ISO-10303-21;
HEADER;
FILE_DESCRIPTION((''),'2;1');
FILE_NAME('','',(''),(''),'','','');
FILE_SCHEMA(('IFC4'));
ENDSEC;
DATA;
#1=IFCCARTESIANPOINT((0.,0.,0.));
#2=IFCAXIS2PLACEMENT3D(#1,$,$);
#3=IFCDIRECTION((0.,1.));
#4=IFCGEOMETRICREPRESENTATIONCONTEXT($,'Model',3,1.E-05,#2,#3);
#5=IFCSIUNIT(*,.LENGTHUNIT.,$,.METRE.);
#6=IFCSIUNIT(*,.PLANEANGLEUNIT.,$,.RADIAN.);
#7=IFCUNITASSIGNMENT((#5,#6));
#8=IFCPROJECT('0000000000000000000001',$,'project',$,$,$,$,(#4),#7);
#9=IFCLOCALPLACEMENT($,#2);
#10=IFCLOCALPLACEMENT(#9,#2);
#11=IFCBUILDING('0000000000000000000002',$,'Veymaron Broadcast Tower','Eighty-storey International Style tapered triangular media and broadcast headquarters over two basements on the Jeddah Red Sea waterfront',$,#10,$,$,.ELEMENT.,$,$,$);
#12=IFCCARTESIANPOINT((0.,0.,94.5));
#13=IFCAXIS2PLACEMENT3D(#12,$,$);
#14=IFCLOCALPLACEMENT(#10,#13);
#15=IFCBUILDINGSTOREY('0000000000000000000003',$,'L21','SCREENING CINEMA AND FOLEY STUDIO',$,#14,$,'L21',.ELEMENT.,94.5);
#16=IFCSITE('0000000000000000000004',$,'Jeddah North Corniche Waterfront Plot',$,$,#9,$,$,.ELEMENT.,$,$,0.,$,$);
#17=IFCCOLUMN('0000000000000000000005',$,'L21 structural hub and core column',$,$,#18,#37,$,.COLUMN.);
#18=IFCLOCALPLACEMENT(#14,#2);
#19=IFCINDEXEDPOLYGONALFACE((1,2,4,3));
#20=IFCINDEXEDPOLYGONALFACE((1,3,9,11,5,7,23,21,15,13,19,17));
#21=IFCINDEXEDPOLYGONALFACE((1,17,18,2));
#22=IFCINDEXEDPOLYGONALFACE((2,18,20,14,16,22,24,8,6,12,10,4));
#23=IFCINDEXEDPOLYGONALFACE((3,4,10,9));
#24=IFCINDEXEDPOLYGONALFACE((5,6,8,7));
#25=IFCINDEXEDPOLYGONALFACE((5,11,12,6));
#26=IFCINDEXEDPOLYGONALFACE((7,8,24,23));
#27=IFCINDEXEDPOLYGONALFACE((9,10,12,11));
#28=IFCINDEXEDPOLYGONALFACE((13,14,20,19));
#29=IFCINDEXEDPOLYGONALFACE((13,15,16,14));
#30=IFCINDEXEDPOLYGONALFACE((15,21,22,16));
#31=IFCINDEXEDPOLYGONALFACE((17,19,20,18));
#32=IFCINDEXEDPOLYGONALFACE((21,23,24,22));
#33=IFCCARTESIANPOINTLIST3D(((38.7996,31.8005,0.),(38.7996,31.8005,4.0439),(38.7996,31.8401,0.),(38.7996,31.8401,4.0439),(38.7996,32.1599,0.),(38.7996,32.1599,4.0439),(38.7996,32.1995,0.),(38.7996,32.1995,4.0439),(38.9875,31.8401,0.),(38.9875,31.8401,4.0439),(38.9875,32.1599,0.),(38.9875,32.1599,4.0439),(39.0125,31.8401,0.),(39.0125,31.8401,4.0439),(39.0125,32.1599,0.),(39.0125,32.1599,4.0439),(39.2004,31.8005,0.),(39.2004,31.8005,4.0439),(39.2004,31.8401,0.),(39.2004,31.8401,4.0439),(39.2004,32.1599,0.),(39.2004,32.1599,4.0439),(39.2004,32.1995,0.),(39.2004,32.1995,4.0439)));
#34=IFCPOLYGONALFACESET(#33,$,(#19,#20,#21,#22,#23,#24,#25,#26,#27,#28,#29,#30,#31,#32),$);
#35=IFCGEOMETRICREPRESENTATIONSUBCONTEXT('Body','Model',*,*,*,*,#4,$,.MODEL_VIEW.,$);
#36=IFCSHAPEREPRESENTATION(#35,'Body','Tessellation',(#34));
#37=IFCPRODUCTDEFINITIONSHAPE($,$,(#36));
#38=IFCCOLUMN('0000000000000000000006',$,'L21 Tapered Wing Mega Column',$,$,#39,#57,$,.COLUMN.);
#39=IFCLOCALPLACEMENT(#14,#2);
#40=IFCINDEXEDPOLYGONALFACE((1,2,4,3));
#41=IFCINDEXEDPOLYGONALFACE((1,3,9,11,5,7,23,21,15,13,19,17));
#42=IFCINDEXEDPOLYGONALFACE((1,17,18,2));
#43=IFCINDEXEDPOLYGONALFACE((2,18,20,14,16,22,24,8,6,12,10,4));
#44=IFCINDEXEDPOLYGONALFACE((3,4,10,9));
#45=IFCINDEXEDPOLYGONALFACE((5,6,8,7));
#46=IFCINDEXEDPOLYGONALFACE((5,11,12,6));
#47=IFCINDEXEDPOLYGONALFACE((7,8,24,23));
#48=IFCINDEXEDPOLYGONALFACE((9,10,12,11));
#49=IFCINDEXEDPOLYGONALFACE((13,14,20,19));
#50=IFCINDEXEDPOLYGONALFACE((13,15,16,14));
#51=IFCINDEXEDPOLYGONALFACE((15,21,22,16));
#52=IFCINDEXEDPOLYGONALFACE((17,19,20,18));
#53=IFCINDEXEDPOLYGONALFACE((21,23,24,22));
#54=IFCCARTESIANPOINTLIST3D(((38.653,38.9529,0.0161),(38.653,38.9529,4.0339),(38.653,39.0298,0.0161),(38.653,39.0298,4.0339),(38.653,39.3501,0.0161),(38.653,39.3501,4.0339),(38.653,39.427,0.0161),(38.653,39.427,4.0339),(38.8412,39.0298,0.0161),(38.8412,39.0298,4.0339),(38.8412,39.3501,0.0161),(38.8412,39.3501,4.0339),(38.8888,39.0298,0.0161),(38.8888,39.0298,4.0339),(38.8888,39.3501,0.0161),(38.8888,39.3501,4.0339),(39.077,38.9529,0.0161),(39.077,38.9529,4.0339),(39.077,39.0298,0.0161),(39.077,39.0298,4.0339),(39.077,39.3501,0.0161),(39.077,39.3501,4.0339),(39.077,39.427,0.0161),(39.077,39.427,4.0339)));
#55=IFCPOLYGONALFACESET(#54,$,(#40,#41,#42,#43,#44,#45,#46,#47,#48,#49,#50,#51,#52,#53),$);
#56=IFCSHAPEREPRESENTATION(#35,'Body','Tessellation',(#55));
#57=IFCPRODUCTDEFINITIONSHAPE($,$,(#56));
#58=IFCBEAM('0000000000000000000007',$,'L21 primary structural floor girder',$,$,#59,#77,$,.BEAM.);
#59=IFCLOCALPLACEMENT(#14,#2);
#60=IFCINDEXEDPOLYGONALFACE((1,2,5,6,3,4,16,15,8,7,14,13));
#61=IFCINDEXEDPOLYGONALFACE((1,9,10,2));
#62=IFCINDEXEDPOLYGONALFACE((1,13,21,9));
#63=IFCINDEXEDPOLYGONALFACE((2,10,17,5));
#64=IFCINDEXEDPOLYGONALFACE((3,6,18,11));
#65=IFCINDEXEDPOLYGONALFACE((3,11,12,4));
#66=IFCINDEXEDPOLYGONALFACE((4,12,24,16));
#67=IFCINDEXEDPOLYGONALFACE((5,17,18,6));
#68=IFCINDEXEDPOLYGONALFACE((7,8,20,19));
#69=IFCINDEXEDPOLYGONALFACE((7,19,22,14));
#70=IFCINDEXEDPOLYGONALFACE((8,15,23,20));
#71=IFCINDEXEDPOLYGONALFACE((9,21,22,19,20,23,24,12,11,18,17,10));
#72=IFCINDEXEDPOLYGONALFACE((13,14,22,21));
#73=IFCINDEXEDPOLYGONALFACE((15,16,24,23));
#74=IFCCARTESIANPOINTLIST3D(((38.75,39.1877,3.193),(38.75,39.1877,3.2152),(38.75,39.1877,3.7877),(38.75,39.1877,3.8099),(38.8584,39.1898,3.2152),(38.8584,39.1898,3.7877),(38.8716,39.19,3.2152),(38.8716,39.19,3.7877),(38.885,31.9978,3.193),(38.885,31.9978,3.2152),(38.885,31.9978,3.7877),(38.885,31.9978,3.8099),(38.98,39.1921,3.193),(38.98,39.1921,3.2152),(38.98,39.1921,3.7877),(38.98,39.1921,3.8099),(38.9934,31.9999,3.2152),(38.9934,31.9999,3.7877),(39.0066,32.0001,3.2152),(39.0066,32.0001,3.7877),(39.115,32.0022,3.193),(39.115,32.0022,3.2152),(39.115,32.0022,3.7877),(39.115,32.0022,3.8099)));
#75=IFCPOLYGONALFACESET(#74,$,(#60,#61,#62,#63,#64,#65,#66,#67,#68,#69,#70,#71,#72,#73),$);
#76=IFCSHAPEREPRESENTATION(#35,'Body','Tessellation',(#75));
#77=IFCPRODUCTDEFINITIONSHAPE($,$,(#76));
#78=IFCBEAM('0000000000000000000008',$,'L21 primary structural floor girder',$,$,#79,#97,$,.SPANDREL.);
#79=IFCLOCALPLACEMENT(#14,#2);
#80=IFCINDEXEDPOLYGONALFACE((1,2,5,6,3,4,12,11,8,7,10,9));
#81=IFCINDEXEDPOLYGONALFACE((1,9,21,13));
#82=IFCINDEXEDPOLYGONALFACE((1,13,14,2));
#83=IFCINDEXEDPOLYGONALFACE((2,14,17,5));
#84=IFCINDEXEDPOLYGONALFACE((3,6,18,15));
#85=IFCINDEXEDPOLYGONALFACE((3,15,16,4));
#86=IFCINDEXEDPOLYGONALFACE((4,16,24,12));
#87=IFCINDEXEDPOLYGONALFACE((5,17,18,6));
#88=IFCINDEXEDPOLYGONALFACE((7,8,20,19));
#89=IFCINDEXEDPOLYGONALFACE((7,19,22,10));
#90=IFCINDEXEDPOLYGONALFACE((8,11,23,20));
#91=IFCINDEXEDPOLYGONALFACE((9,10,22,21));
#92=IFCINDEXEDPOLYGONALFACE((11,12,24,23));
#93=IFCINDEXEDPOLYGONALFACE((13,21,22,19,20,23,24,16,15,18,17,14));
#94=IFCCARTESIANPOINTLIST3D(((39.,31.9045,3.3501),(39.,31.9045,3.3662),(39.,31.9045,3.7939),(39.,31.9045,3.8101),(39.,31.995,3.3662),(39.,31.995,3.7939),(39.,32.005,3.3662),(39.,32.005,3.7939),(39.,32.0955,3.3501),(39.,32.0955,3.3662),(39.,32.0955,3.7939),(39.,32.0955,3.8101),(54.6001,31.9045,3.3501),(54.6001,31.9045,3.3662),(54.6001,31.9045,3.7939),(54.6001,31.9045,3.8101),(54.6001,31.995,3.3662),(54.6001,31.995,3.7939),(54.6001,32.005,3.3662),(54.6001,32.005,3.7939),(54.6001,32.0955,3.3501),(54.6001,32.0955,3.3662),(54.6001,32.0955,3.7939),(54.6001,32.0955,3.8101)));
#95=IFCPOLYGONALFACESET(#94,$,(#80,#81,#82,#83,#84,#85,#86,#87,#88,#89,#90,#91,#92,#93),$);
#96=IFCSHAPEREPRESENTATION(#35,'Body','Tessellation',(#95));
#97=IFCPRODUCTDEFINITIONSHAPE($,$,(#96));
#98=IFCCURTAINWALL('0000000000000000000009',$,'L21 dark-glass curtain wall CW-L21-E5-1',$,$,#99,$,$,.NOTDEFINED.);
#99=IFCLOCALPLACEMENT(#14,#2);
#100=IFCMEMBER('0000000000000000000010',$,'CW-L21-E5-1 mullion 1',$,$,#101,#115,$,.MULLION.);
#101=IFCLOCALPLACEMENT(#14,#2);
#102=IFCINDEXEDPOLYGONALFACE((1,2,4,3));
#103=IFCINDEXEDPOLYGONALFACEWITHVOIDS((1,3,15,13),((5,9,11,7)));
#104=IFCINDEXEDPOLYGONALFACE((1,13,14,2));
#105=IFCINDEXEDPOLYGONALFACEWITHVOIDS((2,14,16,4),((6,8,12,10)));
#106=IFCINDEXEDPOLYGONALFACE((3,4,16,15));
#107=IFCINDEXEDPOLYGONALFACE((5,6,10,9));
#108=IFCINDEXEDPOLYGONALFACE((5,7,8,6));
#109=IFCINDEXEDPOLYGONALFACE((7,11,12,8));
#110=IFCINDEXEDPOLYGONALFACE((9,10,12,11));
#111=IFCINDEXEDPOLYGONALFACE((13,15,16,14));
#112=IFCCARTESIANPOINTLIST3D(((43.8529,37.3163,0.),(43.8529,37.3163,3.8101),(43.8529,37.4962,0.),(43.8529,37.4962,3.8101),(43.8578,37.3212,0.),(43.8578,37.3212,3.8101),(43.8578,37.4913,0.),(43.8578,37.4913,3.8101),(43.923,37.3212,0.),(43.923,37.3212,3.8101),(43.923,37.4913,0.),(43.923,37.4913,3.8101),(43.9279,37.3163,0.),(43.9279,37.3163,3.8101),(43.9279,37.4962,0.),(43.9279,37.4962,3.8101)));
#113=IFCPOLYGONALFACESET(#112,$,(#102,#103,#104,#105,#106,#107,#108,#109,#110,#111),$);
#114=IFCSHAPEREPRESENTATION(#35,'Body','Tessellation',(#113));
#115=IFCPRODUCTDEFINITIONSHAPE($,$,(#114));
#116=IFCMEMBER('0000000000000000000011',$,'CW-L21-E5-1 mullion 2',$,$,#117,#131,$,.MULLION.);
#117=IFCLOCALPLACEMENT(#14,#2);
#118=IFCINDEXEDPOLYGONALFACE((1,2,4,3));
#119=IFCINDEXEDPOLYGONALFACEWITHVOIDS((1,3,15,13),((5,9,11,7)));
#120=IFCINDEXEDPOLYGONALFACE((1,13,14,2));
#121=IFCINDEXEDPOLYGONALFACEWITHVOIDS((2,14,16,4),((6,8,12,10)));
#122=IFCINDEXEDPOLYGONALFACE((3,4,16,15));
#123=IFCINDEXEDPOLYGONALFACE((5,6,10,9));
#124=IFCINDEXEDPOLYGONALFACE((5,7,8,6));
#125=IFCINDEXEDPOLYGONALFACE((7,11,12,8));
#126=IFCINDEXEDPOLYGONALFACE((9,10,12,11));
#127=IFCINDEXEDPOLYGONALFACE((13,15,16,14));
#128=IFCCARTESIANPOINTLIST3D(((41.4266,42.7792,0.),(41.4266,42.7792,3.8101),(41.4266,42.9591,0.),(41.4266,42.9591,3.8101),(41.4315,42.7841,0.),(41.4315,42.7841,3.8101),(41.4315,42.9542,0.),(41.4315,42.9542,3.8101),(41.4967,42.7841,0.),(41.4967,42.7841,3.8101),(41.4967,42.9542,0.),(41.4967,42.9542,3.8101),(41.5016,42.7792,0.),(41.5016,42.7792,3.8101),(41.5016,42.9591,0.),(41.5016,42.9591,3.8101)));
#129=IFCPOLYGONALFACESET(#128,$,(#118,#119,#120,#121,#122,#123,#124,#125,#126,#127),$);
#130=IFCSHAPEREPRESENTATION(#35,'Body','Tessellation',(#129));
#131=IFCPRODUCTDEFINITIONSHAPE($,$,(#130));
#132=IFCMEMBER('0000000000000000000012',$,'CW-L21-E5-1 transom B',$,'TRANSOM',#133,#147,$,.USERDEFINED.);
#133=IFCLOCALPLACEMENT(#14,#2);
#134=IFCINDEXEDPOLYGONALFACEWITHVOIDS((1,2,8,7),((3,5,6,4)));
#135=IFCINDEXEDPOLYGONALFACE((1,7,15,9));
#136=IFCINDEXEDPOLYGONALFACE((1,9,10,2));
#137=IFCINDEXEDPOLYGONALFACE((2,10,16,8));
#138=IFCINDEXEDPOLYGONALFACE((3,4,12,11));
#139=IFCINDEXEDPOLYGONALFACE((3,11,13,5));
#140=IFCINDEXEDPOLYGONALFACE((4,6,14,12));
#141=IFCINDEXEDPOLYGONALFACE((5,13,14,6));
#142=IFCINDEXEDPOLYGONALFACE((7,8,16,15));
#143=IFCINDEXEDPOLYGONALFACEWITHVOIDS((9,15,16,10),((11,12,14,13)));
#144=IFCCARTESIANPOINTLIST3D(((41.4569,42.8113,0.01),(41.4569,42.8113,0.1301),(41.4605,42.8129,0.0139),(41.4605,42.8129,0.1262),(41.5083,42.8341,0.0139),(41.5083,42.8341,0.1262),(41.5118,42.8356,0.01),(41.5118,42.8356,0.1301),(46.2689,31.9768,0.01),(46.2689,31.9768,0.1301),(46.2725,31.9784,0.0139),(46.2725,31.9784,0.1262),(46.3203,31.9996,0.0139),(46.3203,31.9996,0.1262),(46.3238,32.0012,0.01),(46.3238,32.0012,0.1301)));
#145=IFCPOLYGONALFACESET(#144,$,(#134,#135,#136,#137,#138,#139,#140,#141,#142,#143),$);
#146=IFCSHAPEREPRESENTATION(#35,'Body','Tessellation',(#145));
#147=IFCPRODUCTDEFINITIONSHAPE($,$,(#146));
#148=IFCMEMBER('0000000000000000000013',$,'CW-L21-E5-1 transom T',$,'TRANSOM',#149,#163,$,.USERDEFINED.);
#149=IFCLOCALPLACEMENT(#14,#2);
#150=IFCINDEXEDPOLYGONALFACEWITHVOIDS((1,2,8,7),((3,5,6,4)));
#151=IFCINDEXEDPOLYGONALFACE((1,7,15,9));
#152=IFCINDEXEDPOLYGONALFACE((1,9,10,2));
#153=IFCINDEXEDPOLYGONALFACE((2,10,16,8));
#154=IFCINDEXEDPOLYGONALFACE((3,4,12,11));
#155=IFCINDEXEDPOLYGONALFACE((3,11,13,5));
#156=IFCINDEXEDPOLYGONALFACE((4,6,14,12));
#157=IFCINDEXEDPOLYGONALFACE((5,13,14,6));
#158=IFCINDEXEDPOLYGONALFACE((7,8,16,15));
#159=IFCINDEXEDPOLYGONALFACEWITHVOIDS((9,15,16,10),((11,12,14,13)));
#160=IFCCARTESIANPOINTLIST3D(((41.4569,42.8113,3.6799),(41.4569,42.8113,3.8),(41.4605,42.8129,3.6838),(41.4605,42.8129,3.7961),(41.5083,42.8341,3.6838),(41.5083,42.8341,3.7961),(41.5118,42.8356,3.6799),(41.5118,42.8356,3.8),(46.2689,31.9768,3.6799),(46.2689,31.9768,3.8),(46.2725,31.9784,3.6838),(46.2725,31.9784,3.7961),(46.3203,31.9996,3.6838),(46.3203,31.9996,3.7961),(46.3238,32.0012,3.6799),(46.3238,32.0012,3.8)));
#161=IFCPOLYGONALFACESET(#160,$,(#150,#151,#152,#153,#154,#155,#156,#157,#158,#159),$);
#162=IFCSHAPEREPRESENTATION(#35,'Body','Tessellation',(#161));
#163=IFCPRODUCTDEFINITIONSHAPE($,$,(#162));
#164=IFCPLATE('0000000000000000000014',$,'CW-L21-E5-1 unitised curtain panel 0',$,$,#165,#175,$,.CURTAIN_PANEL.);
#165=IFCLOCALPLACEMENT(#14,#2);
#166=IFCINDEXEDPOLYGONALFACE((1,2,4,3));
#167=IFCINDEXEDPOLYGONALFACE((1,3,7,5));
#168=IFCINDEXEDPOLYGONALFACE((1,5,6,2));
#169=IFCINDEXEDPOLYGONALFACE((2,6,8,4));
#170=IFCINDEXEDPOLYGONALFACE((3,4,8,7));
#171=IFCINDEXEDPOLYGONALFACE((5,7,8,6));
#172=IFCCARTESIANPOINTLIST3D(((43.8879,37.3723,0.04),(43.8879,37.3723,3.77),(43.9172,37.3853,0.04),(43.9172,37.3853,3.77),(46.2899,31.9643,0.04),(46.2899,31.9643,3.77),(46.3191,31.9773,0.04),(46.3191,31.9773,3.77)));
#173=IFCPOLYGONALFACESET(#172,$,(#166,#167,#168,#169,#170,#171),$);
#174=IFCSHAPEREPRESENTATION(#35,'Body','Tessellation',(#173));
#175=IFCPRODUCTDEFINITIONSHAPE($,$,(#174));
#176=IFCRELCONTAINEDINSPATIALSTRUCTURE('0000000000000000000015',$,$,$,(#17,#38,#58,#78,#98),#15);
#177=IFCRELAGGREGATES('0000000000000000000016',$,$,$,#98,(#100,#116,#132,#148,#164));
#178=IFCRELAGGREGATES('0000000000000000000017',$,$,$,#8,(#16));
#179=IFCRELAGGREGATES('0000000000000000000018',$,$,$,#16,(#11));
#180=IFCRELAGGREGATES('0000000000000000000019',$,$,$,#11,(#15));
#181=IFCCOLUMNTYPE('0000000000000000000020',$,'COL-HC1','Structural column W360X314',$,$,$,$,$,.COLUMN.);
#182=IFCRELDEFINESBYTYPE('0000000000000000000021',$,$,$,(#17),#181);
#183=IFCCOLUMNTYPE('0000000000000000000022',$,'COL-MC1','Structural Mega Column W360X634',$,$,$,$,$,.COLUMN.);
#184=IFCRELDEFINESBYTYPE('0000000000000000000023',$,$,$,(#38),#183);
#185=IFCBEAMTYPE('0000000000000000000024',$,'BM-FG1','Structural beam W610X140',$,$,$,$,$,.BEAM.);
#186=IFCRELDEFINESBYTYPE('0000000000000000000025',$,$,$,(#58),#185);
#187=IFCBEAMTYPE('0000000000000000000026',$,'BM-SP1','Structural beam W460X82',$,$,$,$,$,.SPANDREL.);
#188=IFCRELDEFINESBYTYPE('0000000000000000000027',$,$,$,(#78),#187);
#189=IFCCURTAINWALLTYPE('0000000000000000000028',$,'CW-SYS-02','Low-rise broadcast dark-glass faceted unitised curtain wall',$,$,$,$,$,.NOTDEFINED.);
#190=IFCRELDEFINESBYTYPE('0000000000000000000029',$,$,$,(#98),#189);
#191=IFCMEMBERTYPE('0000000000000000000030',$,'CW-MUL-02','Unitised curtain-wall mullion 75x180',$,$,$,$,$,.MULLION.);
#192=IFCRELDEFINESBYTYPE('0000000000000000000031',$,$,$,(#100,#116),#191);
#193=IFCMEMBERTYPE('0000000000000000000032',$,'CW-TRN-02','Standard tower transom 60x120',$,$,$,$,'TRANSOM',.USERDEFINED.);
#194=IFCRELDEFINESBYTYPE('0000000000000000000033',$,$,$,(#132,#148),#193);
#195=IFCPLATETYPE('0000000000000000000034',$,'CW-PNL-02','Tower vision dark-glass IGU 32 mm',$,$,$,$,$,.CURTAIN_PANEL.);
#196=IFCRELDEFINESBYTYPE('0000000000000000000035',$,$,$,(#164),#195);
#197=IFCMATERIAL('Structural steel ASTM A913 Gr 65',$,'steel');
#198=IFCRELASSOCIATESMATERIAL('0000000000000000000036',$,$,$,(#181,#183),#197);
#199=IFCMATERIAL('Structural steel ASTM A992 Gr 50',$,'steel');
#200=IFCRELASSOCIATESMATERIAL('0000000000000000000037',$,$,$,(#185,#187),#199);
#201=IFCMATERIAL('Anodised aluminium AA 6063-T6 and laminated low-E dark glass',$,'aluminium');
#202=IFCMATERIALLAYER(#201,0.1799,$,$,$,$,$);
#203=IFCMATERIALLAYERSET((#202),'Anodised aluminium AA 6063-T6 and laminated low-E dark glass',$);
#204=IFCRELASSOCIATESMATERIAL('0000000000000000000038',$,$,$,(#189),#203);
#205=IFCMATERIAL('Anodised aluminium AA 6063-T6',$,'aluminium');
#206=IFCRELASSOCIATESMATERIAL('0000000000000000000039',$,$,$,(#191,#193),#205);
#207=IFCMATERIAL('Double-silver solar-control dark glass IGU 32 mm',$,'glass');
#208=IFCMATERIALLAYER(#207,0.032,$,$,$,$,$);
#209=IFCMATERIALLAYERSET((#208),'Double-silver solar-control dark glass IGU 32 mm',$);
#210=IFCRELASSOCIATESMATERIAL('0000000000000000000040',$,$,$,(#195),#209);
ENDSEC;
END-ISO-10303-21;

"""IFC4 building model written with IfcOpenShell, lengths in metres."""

from ifc_helpers import new_model, si_unit, direction, frame, origin, origin_2d, place, context, subcontext, project, spatial, rectangle, hollow_rectangle, i_section, extrude, material, layer, layer_set, material_profile, profile_set, type_object, element, aggregate, save


model = new_model("IFC4")

# Units and contexts
model_context = context("Model", 3, precision=1e-05, world=origin(), true_north=direction((0.0, 1.0)))
body_context = subcontext(model_context, "Body", "Model", "MODEL_VIEW")
ifc_project = project(units=[si_unit("LENGTHUNIT", "METRE"), si_unit("PLANEANGLEUNIT", "RADIAN")], contexts=[model_context])

# Site, building, storey
site_placement = place(None, origin())
site = spatial("IfcSite", under=ifc_project, at=site_placement, Name="Jeddah North Corniche Waterfront Plot", CompositionType="ELEMENT", RefElevation=0.0)
building_placement = place(site_placement, origin())
building = spatial("IfcBuilding", under=site, at=building_placement, Name="Veymaron Broadcast Tower", Description="Eighty-storey International Style tapered triangular media and broadcast headquarters over two basements on the Jeddah Red Sea waterfront", CompositionType="ELEMENT")
storey_placement = place(building_placement, frame((0.0, 0.0, 94.5)))
storey = spatial("IfcBuildingStorey", under=building, at=storey_placement, Name="L21", Description="SCREENING CINEMA AND FOLEY STUDIO", LongName="L21", CompositionType="ELEMENT", Elevation=94.5)

# Columns
ifc_material_1 = material(Name="Structural steel ASTM A913 Gr 65", Category="steel")
ifc_material_profile_1 = material_profile(ifc_material_1, i_section(OverallWidth=0.4009, OverallDepth=0.3989, WebThickness=0.0249, FlangeThickness=0.0396, at=origin_2d()), Name="W360X314")
ifc_profile_set_1 = profile_set([ifc_material_profile_1], Name="Structural steel ASTM A913 Gr 65")
column_type_1 = type_object("IfcColumnType", Name="COL-HC1", Description="Structural column W360X314", PredefinedType="COLUMN", material=ifc_profile_set_1)
column_1_placement = place(storey_placement, frame((39.0, 32.0, 0.0), z_axis=(0.0, 0.0, 1.0), x_axis=(1.0, 0.0, 0.0)))
element("IfcColumn", 1, at=column_1_placement, inside=storey, type_object=column_type_1, Name="L21 structural hub and core column", PredefinedType="COLUMN", context=body_context, shape_type="SweptSolid", body=[
    extrude(i_section(OverallWidth=0.4009, OverallDepth=0.3989, WebThickness=0.0249, FlangeThickness=0.0396, at=origin_2d()), origin(), (0.0, 0.0, 1.0), 4.0439),
])
ifc_material_profile_2 = material_profile(ifc_material_1, i_section(OverallWidth=0.4241, OverallDepth=0.4741, WebThickness=0.0476, FlangeThickness=0.0769, at=origin_2d()), Name="W360X634")
ifc_profile_set_2 = profile_set([ifc_material_profile_2], Name="Structural steel ASTM A913 Gr 65")
column_type_2 = type_object("IfcColumnType", Name="COL-MC1", Description="Structural Mega Column W360X634", PredefinedType="COLUMN", material=ifc_profile_set_2)
column_2_placement = place(storey_placement, frame((38.865, 39.1899, 0.0161), z_axis=(0.0, 0.0, 1.0), x_axis=(1.0, 0.0, 0.0)))
element("IfcColumn", 2, at=column_2_placement, inside=storey, type_object=column_type_2, Name="L21 Tapered Wing Mega Column", PredefinedType="COLUMN", context=body_context, shape_type="SweptSolid", body=[
    extrude(i_section(OverallWidth=0.4241, OverallDepth=0.4741, WebThickness=0.0476, FlangeThickness=0.0769, at=origin_2d()), origin(), (0.0, 0.0, 1.0), 4.0178),
])

# Beams
ifc_material_2 = material(Name="Structural steel ASTM A992 Gr 50", Category="steel")
ifc_material_profile_3 = material_profile(ifc_material_2, i_section(OverallWidth=0.23, OverallDepth=0.6169, WebThickness=0.0132, FlangeThickness=0.0222, at=origin_2d()), Name="W610X140")
ifc_profile_set_3 = profile_set([ifc_material_profile_3], Name="Structural steel ASTM A992 Gr 50")
beam_type_1 = type_object("IfcBeamType", Name="BM-FG1", Description="Structural beam W610X140", PredefinedType="BEAM", material=ifc_profile_set_3)
beam_1_placement = place(storey_placement, frame((39.0, 32.0, 3.5015), z_axis=(-0.018774, 0.999824, 0.0), x_axis=(-0.999824, -0.018774, 0.0)))
element("IfcBeam", 3, at=beam_1_placement, inside=storey, type_object=beam_type_1, Name="L21 primary structural floor girder", PredefinedType="BEAM", context=body_context, shape_type="SweptSolid", body=[
    extrude(i_section(OverallWidth=0.23, OverallDepth=0.6169, WebThickness=0.0132, FlangeThickness=0.0222, at=origin_2d()), origin(), (0.0, 0.0, 1.0), 7.1912),
])
ifc_material_profile_4 = material_profile(ifc_material_2, i_section(OverallWidth=0.1909, OverallDepth=0.46, WebThickness=0.01, FlangeThickness=0.0161, at=origin_2d()), Name="W460X82")
ifc_profile_set_4 = profile_set([ifc_material_profile_4], Name="Structural steel ASTM A992 Gr 50")
beam_type_2 = type_object("IfcBeamType", Name="BM-SP1", Description="Structural beam W460X82", PredefinedType="SPANDREL", material=ifc_profile_set_4)
beam_2_placement = place(storey_placement, frame((39.0, 32.0, 3.5801), z_axis=(1.0, 0.0, 0.0), x_axis=(0.0, 1.0, 0.0)))
element("IfcBeam", 4, at=beam_2_placement, inside=storey, type_object=beam_type_2, Name="L21 primary structural floor girder", PredefinedType="SPANDREL", context=body_context, shape_type="SweptSolid", body=[
    extrude(i_section(OverallWidth=0.1909, OverallDepth=0.46, WebThickness=0.01, FlangeThickness=0.0161, at=origin_2d()), origin(), (0.0, 0.0, 1.0), 15.6001),
])

# Curtain wall, members, plate
ifc_material_3 = material(Name="Anodised aluminium AA 6063-T6 and laminated low-E dark glass", Category="aluminium")
ifc_layer_1 = layer(ifc_material_3, 0.1799)
ifc_layer_set_1 = layer_set([ifc_layer_1], Name="Anodised aluminium AA 6063-T6 and laminated low-E dark glass")
curtain_wall_type = type_object("IfcCurtainWallType", Name="CW-SYS-02", Description="Low-rise broadcast dark-glass faceted unitised curtain wall", PredefinedType="NOTDEFINED", material=ifc_layer_set_1)
curtain_wall_placement = place(storey_placement, origin())
curtain_wall = element("IfcCurtainWall", 5, at=curtain_wall_placement, inside=storey, type_object=curtain_wall_type, Name="L21 dark-glass curtain wall CW-L21-E5-1", PredefinedType="NOTDEFINED")
ifc_material_4 = material(Name="Anodised aluminium AA 6063-T6", Category="aluminium")
ifc_material_profile_5 = material_profile(ifc_material_4, hollow_rectangle(XDim=0.075, YDim=0.1799, WallThickness=0.0049, at=origin_2d()), Name="AL180X75X5")
ifc_profile_set_5 = profile_set([ifc_material_profile_5], Name="Anodised aluminium AA 6063-T6")
member_type_1 = type_object("IfcMemberType", Name="CW-MUL-02", Description="Unitised curtain-wall mullion 75x180", PredefinedType="MULLION", material=ifc_profile_set_5)
member_1_placement = place(storey_placement, frame((43.8904, 37.4062, 0.0), z_axis=(0.0, 0.0, 1.0), x_axis=(1.0, 0.0, 0.0)))
member_1 = element("IfcMember", 6, at=member_1_placement, type_object=member_type_1, Name="CW-L21-E5-1 mullion 1", PredefinedType="MULLION", context=body_context, shape_type="SweptSolid", body=[
    extrude(hollow_rectangle(XDim=0.075, YDim=0.1799, WallThickness=0.0049, at=origin_2d()), origin(), (0.0, 0.0, 1.0), 3.8101),
])
member_2_placement = place(storey_placement, frame((41.4641, 42.8691, 0.0), z_axis=(0.0, 0.0, 1.0), x_axis=(1.0, 0.0, 0.0)))
member_2 = element("IfcMember", 7, at=member_2_placement, type_object=member_type_1, Name="CW-L21-E5-1 mullion 2", PredefinedType="MULLION", context=body_context, shape_type="SweptSolid", body=[
    extrude(hollow_rectangle(XDim=0.075, YDim=0.1799, WallThickness=0.0049, at=origin_2d()), origin(), (0.0, 0.0, 1.0), 3.8101),
])
ifc_material_profile_6 = material_profile(ifc_material_4, hollow_rectangle(XDim=0.0601, YDim=0.1201, WallThickness=0.0039, at=origin_2d()), Name="AL120X60X4")
ifc_profile_set_6 = profile_set([ifc_material_profile_6], Name="Anodised aluminium AA 6063-T6")
member_type_2 = type_object("IfcMemberType", Name="CW-TRN-02", Description="Standard tower transom 60x120", ElementType="TRANSOM", PredefinedType="USERDEFINED", material=ifc_profile_set_6)
member_3_placement = place(storey_placement, frame((46.2964, 31.989, 0.0701), z_axis=(-0.405905, 0.913915, 0.0), x_axis=(-0.913915, -0.405905, 0.0)))
member_3 = element("IfcMember", 8, at=member_3_placement, type_object=member_type_2, Name="CW-L21-E5-1 transom B", ObjectType="TRANSOM", PredefinedType="USERDEFINED", context=body_context, shape_type="SweptSolid", body=[
    extrude(hollow_rectangle(XDim=0.0601, YDim=0.1201, WallThickness=0.0039, at=origin_2d()), origin(), (0.0, 0.0, 1.0), 11.855),
])
member_4_placement = place(storey_placement, frame((46.2964, 31.989, 3.74), z_axis=(-0.405905, 0.913915, 0.0), x_axis=(-0.913915, -0.405905, 0.0)))
member_4 = element("IfcMember", 9, at=member_4_placement, type_object=member_type_2, Name="CW-L21-E5-1 transom T", ObjectType="TRANSOM", PredefinedType="USERDEFINED", context=body_context, shape_type="SweptSolid", body=[
    extrude(hollow_rectangle(XDim=0.0601, YDim=0.1201, WallThickness=0.0039, at=origin_2d()), origin(), (0.0, 0.0, 1.0), 11.855),
])
ifc_material_5 = material(Name="Double-silver solar-control dark glass IGU 32 mm", Category="glass")
ifc_layer_2 = layer(ifc_material_5, 0.032)
ifc_layer_set_2 = layer_set([ifc_layer_2], Name="Double-silver solar-control dark glass IGU 32 mm")
plate_type = type_object("IfcPlateType", Name="CW-PNL-02", Description="Tower vision dark-glass IGU 32 mm", PredefinedType="CURTAIN_PANEL", material=ifc_layer_set_2)
plate_1_placement = place(storey_placement, frame((45.1035, 34.6748, 0.04), z_axis=(0.0, 0.0, 1.0), x_axis=(-0.405907, 0.913914, 0.0)))
plate_1 = element("IfcPlate", 10, at=plate_1_placement, type_object=plate_type, Name="CW-L21-E5-1 unitised curtain panel 0", PredefinedType="CURTAIN_PANEL", context=body_context, shape_type="SweptSolid", body=[
    extrude(rectangle(XDim=5.9175, YDim=0.032, at=origin_2d()), origin(), (0.0, 0.0, 1.0), 3.73),
])
aggregate(curtain_wall, [member_1, member_2, member_3, member_4, plate_1])

save(model, "model.ifc")
